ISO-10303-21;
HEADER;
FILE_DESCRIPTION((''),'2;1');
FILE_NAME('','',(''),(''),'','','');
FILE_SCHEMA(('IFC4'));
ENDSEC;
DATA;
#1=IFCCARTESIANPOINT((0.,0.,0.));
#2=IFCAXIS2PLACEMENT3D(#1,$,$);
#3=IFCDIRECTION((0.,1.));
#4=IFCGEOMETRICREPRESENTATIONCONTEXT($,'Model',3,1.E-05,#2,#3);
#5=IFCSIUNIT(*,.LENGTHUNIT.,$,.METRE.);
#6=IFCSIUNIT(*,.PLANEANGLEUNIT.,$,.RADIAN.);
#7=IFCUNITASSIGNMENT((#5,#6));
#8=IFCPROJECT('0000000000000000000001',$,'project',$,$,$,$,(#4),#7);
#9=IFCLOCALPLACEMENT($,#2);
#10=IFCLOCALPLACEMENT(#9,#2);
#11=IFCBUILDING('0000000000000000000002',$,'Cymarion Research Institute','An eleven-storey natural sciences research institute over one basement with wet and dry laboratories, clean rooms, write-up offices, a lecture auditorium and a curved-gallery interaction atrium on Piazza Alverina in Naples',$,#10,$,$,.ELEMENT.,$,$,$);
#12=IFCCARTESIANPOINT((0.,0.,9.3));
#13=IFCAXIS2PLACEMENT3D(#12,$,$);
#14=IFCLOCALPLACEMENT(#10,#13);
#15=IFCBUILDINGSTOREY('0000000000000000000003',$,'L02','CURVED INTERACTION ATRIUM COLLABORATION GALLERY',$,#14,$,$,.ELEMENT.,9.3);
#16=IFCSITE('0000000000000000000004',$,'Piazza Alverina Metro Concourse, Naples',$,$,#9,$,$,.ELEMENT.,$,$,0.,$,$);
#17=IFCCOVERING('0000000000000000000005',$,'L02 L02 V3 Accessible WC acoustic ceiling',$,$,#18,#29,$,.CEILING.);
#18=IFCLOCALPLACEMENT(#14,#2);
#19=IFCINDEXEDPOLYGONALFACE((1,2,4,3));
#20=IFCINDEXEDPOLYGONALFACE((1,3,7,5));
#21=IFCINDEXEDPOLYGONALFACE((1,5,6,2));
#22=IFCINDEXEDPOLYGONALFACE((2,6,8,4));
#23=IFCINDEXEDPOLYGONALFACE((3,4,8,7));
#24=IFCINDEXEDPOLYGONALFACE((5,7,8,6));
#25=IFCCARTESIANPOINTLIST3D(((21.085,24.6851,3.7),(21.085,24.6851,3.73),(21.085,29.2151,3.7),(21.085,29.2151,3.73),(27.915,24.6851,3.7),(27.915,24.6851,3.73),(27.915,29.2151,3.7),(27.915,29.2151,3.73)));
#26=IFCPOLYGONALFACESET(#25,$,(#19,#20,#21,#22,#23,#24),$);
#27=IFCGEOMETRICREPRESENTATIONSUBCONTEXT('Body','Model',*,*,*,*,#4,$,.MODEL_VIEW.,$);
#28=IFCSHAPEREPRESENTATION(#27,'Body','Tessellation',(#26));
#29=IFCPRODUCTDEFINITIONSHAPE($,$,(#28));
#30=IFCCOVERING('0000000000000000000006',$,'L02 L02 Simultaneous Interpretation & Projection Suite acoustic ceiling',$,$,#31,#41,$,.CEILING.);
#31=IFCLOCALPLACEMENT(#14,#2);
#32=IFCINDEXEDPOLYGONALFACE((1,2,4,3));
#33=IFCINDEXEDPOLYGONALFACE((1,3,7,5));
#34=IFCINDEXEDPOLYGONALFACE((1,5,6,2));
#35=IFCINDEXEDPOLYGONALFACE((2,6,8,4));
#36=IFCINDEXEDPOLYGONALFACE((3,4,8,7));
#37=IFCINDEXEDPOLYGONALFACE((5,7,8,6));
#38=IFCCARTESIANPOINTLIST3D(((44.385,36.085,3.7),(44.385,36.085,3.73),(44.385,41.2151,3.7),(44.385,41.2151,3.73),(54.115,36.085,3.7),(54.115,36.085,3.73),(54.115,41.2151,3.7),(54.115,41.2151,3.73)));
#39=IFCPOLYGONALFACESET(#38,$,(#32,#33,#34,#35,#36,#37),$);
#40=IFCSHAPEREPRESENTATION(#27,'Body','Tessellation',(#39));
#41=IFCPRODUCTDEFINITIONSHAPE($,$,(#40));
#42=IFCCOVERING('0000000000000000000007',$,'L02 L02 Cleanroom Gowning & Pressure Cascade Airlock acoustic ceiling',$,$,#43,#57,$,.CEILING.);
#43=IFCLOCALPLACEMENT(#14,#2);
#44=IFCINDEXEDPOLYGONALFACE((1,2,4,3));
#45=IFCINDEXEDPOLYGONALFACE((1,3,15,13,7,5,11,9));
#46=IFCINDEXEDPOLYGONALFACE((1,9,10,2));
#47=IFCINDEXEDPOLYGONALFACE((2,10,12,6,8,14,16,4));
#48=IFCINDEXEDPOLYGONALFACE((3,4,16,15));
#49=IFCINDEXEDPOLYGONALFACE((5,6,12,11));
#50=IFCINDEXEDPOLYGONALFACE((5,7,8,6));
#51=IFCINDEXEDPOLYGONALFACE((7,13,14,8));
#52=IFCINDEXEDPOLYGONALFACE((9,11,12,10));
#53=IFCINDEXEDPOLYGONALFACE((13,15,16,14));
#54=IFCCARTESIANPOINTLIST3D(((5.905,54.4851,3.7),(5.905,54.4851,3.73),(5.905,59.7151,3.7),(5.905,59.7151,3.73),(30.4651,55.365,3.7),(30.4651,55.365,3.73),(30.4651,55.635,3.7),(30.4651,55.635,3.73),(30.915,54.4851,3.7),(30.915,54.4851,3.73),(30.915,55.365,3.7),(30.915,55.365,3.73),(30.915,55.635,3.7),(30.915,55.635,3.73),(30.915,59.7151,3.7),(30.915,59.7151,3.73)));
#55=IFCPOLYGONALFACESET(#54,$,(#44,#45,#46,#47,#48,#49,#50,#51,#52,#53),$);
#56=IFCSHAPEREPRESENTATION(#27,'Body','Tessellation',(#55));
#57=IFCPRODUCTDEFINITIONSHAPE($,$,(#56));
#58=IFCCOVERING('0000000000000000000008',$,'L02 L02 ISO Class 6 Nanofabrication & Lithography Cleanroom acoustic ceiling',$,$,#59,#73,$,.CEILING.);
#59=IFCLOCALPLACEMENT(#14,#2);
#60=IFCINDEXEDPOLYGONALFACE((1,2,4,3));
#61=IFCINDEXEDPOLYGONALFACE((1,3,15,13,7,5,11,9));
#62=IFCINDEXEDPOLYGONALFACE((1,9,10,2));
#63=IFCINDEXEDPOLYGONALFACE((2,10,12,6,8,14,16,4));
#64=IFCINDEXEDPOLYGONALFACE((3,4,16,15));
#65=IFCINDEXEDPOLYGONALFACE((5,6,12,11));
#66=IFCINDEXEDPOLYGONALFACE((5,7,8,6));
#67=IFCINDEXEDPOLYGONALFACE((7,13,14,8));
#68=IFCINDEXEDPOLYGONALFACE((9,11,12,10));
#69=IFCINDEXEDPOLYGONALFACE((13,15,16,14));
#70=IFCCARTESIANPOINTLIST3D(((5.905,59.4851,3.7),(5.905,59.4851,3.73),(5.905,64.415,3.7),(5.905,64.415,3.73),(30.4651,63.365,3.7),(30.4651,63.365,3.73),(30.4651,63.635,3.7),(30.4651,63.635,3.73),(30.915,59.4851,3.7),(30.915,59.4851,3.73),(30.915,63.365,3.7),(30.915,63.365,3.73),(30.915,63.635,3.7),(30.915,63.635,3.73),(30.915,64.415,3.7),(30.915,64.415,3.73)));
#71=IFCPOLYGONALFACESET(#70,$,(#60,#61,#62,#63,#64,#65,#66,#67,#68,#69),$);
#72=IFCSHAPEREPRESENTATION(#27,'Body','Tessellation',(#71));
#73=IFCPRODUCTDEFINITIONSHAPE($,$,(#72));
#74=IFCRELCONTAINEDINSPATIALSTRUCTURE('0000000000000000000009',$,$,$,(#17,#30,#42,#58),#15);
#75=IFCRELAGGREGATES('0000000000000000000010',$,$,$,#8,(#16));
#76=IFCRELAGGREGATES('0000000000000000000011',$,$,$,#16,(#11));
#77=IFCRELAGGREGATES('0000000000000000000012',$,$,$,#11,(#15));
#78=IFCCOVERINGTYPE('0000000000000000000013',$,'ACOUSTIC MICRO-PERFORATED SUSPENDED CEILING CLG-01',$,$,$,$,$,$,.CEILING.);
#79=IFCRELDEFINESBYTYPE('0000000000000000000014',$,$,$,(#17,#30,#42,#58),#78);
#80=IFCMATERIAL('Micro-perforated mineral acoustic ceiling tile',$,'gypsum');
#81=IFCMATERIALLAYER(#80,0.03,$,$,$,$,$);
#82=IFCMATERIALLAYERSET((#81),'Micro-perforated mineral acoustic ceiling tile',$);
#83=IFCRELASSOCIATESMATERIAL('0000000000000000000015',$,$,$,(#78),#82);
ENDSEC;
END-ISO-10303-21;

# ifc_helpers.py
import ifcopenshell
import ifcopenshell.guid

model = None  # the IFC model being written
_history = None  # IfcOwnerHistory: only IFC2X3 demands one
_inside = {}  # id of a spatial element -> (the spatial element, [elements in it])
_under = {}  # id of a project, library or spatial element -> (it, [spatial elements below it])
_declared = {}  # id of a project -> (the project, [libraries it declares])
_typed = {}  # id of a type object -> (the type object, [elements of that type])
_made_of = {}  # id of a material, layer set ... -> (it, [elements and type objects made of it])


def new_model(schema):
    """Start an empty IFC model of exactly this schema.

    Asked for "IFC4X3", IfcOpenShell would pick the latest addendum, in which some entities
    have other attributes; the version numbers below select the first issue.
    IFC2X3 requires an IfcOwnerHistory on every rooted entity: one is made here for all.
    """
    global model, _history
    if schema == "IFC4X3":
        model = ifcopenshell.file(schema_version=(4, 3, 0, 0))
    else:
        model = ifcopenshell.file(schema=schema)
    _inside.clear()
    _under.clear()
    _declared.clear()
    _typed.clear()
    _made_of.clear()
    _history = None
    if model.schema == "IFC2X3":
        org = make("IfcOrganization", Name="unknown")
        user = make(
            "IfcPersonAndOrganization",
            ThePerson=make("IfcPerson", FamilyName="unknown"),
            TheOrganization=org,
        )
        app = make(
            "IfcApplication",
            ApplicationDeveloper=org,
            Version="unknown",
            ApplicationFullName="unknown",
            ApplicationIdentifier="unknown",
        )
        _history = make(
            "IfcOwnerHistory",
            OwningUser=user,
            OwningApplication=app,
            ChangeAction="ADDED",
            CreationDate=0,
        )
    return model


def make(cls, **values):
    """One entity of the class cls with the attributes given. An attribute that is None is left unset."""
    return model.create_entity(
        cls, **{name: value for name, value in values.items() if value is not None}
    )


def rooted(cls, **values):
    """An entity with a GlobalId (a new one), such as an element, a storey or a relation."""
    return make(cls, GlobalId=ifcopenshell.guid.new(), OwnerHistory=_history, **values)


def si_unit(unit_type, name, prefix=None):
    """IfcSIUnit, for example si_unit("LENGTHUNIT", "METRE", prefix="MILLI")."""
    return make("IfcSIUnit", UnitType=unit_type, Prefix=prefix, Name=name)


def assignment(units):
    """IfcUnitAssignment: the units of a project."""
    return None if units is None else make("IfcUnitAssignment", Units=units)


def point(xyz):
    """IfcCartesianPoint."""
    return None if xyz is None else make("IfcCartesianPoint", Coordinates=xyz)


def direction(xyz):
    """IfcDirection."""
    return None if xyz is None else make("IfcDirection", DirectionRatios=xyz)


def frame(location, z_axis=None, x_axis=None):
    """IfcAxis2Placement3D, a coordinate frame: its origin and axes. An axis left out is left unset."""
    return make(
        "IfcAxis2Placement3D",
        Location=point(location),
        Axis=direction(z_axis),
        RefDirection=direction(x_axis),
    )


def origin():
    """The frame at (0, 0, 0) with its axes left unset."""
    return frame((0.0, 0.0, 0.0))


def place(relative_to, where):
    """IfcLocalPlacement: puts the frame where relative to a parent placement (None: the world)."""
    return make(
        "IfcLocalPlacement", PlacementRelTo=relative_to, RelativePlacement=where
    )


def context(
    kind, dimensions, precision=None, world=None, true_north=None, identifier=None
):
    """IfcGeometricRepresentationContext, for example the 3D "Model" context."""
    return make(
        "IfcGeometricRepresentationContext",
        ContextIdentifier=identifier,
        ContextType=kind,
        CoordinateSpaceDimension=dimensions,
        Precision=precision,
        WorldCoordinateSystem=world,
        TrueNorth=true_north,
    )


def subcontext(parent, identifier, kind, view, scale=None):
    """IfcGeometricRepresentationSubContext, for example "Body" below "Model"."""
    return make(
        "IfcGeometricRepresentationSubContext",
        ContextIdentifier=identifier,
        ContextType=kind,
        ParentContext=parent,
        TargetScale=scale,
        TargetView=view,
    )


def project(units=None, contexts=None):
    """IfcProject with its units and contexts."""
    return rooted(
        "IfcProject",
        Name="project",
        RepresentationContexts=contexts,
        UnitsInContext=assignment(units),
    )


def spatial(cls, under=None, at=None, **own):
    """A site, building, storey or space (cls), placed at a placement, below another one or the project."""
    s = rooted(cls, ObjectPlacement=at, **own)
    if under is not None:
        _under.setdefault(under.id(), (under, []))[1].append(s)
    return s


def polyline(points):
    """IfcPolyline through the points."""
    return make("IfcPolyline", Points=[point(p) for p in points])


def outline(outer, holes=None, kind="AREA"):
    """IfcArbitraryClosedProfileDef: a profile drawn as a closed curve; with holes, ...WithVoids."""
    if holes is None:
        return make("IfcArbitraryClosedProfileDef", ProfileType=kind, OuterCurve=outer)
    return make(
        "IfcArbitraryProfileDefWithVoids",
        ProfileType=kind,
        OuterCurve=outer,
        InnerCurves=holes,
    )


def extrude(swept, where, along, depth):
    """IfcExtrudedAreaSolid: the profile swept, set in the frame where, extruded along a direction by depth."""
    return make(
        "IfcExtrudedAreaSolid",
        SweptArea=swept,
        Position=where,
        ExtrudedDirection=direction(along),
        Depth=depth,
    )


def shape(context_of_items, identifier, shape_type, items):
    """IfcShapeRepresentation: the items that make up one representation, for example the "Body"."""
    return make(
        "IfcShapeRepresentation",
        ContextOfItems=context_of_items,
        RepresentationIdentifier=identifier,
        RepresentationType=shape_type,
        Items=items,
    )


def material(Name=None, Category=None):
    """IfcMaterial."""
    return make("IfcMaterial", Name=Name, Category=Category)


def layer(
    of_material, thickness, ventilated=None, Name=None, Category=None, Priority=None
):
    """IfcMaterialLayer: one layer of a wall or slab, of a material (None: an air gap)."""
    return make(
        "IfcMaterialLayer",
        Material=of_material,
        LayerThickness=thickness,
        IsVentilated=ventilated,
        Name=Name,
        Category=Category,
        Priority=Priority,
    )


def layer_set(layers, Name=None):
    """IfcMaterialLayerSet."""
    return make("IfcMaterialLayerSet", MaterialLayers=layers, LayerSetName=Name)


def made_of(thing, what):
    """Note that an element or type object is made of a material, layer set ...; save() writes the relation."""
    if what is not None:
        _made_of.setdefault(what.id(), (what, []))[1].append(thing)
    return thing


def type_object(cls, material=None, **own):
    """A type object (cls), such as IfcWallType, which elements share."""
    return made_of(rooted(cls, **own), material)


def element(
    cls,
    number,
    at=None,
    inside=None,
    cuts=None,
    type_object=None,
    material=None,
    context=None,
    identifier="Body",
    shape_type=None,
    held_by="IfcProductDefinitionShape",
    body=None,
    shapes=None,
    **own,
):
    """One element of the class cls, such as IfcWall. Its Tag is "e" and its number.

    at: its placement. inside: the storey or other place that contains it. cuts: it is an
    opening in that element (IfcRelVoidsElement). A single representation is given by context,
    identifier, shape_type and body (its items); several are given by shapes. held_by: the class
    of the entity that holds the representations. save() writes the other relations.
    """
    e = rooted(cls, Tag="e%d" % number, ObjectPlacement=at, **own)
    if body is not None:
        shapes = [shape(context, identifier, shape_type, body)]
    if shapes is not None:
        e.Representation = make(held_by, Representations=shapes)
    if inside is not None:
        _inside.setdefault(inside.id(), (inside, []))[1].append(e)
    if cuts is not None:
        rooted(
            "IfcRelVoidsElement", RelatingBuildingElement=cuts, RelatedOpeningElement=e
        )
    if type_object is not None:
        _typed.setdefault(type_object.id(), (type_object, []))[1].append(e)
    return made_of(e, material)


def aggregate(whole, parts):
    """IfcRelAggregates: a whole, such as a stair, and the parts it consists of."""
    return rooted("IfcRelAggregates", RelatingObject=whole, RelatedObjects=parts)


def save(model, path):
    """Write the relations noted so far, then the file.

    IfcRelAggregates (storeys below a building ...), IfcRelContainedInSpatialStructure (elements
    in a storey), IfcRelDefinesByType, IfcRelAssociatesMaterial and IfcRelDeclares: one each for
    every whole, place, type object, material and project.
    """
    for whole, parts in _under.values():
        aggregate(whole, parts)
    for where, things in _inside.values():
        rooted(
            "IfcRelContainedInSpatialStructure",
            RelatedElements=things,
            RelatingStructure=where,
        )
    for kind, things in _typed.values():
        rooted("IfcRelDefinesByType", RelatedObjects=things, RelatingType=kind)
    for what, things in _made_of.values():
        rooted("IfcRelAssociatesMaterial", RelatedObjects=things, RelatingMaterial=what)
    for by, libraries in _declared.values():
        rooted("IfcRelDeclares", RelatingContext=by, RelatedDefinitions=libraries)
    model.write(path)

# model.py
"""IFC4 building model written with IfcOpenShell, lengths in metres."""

from ifc_helpers import new_model, si_unit, direction, frame, origin, place, context, subcontext, project, spatial, polyline, outline, extrude, material, layer, layer_set, type_object, element, save


model = new_model("IFC4")

# Units and contexts
model_context = context("Model", 3, precision=1e-05, world=origin(), true_north=direction((0.0, 1.0)))
body_context = subcontext(model_context, "Body", "Model", "MODEL_VIEW")
ifc_project = project(units=[si_unit("LENGTHUNIT", "METRE"), si_unit("PLANEANGLEUNIT", "RADIAN")], contexts=[model_context])

# Site, building, storey
site_placement = place(None, origin())
site = spatial("IfcSite", under=ifc_project, at=site_placement, Name="Piazza Alverina Metro Concourse, Naples", CompositionType="ELEMENT", RefElevation=0.0)
building_placement = place(site_placement, origin())
building = spatial("IfcBuilding", under=site, at=building_placement, Name="Cymarion Research Institute", Description="An eleven-storey natural sciences research institute over one basement with wet and dry laboratories, clean rooms, write-up offices, a lecture auditorium and a curved-gallery interaction atrium on Piazza Alverina in Naples", CompositionType="ELEMENT")
storey_placement = place(building_placement, frame((0.0, 0.0, 9.3)))
storey = spatial("IfcBuildingStorey", under=building, at=storey_placement, Name="L02", Description="CURVED INTERACTION ATRIUM COLLABORATION GALLERY", CompositionType="ELEMENT", Elevation=9.3)

# Coverings
ifc_material_1 = material(Name="Micro-perforated mineral acoustic ceiling tile", Category="gypsum")
ifc_layer_1 = layer(ifc_material_1, 0.03)
ifc_layer_set_1 = layer_set([ifc_layer_1], Name="Micro-perforated mineral acoustic ceiling tile")
covering_type = type_object("IfcCoveringType", Name="ACOUSTIC MICRO-PERFORATED SUSPENDED CEILING CLG-01", PredefinedType="CEILING", material=ifc_layer_set_1)
covering_1_placement = place(storey_placement, frame((0.0, 0.0, 3.7)))
element("IfcCovering", 1, at=covering_1_placement, inside=storey, type_object=covering_type, Name="L02 L02 V3 Accessible WC acoustic ceiling", PredefinedType="CEILING", context=body_context, shape_type="SweptSolid", body=[
    extrude(outline(polyline([(27.915, 29.2151), (27.915, 24.6851), (21.085, 24.6851), (21.085, 29.2151), (27.915, 29.2151)])), origin(), (0.0, 0.0, 1.0), 0.03),
])
covering_2_placement = place(storey_placement, frame((0.0, 0.0, 3.7)))
element("IfcCovering", 2, at=covering_2_placement, inside=storey, type_object=covering_type, Name="L02 L02 Simultaneous Interpretation & Projection Suite acoustic ceiling", PredefinedType="CEILING", context=body_context, shape_type="SweptSolid", body=[
    extrude(outline(polyline([(54.115, 41.2151), (54.115, 36.085), (44.385, 36.085), (44.385, 41.2151), (54.115, 41.2151)])), origin(), (0.0, 0.0, 1.0), 0.03),
])
covering_3_placement = place(storey_placement, frame((0.0, 0.0, 3.7)))
element("IfcCovering", 3, at=covering_3_placement, inside=storey, type_object=covering_type, Name="L02 L02 Cleanroom Gowning & Pressure Cascade Airlock acoustic ceiling", PredefinedType="CEILING", context=body_context, shape_type="SweptSolid", body=[
    extrude(outline(polyline([(30.4651, 55.635), (30.4651, 55.365), (30.915, 55.365), (30.915, 54.4851), (5.905, 54.4851), (5.905, 59.7151), (30.915, 59.7151), (30.915, 55.635), (30.4651, 55.635)])), origin(), (0.0, 0.0, 1.0), 0.03),
])
covering_4_placement = place(storey_placement, frame((0.0, 0.0, 3.7)))
element("IfcCovering", 4, at=covering_4_placement, inside=storey, type_object=covering_type, Name="L02 L02 ISO Class 6 Nanofabrication & Lithography Cleanroom acoustic ceiling", PredefinedType="CEILING", context=body_context, shape_type="SweptSolid", body=[
    extrude(outline(polyline([(30.4651, 63.635), (30.4651, 63.365), (30.915, 63.365), (30.915, 59.4851), (5.905, 59.4851), (5.905, 64.415), (30.915, 64.415), (30.915, 63.635), (30.4651, 63.635)])), origin(), (0.0, 0.0, 1.0), 0.03),
])

save(model, "model.ifc")
